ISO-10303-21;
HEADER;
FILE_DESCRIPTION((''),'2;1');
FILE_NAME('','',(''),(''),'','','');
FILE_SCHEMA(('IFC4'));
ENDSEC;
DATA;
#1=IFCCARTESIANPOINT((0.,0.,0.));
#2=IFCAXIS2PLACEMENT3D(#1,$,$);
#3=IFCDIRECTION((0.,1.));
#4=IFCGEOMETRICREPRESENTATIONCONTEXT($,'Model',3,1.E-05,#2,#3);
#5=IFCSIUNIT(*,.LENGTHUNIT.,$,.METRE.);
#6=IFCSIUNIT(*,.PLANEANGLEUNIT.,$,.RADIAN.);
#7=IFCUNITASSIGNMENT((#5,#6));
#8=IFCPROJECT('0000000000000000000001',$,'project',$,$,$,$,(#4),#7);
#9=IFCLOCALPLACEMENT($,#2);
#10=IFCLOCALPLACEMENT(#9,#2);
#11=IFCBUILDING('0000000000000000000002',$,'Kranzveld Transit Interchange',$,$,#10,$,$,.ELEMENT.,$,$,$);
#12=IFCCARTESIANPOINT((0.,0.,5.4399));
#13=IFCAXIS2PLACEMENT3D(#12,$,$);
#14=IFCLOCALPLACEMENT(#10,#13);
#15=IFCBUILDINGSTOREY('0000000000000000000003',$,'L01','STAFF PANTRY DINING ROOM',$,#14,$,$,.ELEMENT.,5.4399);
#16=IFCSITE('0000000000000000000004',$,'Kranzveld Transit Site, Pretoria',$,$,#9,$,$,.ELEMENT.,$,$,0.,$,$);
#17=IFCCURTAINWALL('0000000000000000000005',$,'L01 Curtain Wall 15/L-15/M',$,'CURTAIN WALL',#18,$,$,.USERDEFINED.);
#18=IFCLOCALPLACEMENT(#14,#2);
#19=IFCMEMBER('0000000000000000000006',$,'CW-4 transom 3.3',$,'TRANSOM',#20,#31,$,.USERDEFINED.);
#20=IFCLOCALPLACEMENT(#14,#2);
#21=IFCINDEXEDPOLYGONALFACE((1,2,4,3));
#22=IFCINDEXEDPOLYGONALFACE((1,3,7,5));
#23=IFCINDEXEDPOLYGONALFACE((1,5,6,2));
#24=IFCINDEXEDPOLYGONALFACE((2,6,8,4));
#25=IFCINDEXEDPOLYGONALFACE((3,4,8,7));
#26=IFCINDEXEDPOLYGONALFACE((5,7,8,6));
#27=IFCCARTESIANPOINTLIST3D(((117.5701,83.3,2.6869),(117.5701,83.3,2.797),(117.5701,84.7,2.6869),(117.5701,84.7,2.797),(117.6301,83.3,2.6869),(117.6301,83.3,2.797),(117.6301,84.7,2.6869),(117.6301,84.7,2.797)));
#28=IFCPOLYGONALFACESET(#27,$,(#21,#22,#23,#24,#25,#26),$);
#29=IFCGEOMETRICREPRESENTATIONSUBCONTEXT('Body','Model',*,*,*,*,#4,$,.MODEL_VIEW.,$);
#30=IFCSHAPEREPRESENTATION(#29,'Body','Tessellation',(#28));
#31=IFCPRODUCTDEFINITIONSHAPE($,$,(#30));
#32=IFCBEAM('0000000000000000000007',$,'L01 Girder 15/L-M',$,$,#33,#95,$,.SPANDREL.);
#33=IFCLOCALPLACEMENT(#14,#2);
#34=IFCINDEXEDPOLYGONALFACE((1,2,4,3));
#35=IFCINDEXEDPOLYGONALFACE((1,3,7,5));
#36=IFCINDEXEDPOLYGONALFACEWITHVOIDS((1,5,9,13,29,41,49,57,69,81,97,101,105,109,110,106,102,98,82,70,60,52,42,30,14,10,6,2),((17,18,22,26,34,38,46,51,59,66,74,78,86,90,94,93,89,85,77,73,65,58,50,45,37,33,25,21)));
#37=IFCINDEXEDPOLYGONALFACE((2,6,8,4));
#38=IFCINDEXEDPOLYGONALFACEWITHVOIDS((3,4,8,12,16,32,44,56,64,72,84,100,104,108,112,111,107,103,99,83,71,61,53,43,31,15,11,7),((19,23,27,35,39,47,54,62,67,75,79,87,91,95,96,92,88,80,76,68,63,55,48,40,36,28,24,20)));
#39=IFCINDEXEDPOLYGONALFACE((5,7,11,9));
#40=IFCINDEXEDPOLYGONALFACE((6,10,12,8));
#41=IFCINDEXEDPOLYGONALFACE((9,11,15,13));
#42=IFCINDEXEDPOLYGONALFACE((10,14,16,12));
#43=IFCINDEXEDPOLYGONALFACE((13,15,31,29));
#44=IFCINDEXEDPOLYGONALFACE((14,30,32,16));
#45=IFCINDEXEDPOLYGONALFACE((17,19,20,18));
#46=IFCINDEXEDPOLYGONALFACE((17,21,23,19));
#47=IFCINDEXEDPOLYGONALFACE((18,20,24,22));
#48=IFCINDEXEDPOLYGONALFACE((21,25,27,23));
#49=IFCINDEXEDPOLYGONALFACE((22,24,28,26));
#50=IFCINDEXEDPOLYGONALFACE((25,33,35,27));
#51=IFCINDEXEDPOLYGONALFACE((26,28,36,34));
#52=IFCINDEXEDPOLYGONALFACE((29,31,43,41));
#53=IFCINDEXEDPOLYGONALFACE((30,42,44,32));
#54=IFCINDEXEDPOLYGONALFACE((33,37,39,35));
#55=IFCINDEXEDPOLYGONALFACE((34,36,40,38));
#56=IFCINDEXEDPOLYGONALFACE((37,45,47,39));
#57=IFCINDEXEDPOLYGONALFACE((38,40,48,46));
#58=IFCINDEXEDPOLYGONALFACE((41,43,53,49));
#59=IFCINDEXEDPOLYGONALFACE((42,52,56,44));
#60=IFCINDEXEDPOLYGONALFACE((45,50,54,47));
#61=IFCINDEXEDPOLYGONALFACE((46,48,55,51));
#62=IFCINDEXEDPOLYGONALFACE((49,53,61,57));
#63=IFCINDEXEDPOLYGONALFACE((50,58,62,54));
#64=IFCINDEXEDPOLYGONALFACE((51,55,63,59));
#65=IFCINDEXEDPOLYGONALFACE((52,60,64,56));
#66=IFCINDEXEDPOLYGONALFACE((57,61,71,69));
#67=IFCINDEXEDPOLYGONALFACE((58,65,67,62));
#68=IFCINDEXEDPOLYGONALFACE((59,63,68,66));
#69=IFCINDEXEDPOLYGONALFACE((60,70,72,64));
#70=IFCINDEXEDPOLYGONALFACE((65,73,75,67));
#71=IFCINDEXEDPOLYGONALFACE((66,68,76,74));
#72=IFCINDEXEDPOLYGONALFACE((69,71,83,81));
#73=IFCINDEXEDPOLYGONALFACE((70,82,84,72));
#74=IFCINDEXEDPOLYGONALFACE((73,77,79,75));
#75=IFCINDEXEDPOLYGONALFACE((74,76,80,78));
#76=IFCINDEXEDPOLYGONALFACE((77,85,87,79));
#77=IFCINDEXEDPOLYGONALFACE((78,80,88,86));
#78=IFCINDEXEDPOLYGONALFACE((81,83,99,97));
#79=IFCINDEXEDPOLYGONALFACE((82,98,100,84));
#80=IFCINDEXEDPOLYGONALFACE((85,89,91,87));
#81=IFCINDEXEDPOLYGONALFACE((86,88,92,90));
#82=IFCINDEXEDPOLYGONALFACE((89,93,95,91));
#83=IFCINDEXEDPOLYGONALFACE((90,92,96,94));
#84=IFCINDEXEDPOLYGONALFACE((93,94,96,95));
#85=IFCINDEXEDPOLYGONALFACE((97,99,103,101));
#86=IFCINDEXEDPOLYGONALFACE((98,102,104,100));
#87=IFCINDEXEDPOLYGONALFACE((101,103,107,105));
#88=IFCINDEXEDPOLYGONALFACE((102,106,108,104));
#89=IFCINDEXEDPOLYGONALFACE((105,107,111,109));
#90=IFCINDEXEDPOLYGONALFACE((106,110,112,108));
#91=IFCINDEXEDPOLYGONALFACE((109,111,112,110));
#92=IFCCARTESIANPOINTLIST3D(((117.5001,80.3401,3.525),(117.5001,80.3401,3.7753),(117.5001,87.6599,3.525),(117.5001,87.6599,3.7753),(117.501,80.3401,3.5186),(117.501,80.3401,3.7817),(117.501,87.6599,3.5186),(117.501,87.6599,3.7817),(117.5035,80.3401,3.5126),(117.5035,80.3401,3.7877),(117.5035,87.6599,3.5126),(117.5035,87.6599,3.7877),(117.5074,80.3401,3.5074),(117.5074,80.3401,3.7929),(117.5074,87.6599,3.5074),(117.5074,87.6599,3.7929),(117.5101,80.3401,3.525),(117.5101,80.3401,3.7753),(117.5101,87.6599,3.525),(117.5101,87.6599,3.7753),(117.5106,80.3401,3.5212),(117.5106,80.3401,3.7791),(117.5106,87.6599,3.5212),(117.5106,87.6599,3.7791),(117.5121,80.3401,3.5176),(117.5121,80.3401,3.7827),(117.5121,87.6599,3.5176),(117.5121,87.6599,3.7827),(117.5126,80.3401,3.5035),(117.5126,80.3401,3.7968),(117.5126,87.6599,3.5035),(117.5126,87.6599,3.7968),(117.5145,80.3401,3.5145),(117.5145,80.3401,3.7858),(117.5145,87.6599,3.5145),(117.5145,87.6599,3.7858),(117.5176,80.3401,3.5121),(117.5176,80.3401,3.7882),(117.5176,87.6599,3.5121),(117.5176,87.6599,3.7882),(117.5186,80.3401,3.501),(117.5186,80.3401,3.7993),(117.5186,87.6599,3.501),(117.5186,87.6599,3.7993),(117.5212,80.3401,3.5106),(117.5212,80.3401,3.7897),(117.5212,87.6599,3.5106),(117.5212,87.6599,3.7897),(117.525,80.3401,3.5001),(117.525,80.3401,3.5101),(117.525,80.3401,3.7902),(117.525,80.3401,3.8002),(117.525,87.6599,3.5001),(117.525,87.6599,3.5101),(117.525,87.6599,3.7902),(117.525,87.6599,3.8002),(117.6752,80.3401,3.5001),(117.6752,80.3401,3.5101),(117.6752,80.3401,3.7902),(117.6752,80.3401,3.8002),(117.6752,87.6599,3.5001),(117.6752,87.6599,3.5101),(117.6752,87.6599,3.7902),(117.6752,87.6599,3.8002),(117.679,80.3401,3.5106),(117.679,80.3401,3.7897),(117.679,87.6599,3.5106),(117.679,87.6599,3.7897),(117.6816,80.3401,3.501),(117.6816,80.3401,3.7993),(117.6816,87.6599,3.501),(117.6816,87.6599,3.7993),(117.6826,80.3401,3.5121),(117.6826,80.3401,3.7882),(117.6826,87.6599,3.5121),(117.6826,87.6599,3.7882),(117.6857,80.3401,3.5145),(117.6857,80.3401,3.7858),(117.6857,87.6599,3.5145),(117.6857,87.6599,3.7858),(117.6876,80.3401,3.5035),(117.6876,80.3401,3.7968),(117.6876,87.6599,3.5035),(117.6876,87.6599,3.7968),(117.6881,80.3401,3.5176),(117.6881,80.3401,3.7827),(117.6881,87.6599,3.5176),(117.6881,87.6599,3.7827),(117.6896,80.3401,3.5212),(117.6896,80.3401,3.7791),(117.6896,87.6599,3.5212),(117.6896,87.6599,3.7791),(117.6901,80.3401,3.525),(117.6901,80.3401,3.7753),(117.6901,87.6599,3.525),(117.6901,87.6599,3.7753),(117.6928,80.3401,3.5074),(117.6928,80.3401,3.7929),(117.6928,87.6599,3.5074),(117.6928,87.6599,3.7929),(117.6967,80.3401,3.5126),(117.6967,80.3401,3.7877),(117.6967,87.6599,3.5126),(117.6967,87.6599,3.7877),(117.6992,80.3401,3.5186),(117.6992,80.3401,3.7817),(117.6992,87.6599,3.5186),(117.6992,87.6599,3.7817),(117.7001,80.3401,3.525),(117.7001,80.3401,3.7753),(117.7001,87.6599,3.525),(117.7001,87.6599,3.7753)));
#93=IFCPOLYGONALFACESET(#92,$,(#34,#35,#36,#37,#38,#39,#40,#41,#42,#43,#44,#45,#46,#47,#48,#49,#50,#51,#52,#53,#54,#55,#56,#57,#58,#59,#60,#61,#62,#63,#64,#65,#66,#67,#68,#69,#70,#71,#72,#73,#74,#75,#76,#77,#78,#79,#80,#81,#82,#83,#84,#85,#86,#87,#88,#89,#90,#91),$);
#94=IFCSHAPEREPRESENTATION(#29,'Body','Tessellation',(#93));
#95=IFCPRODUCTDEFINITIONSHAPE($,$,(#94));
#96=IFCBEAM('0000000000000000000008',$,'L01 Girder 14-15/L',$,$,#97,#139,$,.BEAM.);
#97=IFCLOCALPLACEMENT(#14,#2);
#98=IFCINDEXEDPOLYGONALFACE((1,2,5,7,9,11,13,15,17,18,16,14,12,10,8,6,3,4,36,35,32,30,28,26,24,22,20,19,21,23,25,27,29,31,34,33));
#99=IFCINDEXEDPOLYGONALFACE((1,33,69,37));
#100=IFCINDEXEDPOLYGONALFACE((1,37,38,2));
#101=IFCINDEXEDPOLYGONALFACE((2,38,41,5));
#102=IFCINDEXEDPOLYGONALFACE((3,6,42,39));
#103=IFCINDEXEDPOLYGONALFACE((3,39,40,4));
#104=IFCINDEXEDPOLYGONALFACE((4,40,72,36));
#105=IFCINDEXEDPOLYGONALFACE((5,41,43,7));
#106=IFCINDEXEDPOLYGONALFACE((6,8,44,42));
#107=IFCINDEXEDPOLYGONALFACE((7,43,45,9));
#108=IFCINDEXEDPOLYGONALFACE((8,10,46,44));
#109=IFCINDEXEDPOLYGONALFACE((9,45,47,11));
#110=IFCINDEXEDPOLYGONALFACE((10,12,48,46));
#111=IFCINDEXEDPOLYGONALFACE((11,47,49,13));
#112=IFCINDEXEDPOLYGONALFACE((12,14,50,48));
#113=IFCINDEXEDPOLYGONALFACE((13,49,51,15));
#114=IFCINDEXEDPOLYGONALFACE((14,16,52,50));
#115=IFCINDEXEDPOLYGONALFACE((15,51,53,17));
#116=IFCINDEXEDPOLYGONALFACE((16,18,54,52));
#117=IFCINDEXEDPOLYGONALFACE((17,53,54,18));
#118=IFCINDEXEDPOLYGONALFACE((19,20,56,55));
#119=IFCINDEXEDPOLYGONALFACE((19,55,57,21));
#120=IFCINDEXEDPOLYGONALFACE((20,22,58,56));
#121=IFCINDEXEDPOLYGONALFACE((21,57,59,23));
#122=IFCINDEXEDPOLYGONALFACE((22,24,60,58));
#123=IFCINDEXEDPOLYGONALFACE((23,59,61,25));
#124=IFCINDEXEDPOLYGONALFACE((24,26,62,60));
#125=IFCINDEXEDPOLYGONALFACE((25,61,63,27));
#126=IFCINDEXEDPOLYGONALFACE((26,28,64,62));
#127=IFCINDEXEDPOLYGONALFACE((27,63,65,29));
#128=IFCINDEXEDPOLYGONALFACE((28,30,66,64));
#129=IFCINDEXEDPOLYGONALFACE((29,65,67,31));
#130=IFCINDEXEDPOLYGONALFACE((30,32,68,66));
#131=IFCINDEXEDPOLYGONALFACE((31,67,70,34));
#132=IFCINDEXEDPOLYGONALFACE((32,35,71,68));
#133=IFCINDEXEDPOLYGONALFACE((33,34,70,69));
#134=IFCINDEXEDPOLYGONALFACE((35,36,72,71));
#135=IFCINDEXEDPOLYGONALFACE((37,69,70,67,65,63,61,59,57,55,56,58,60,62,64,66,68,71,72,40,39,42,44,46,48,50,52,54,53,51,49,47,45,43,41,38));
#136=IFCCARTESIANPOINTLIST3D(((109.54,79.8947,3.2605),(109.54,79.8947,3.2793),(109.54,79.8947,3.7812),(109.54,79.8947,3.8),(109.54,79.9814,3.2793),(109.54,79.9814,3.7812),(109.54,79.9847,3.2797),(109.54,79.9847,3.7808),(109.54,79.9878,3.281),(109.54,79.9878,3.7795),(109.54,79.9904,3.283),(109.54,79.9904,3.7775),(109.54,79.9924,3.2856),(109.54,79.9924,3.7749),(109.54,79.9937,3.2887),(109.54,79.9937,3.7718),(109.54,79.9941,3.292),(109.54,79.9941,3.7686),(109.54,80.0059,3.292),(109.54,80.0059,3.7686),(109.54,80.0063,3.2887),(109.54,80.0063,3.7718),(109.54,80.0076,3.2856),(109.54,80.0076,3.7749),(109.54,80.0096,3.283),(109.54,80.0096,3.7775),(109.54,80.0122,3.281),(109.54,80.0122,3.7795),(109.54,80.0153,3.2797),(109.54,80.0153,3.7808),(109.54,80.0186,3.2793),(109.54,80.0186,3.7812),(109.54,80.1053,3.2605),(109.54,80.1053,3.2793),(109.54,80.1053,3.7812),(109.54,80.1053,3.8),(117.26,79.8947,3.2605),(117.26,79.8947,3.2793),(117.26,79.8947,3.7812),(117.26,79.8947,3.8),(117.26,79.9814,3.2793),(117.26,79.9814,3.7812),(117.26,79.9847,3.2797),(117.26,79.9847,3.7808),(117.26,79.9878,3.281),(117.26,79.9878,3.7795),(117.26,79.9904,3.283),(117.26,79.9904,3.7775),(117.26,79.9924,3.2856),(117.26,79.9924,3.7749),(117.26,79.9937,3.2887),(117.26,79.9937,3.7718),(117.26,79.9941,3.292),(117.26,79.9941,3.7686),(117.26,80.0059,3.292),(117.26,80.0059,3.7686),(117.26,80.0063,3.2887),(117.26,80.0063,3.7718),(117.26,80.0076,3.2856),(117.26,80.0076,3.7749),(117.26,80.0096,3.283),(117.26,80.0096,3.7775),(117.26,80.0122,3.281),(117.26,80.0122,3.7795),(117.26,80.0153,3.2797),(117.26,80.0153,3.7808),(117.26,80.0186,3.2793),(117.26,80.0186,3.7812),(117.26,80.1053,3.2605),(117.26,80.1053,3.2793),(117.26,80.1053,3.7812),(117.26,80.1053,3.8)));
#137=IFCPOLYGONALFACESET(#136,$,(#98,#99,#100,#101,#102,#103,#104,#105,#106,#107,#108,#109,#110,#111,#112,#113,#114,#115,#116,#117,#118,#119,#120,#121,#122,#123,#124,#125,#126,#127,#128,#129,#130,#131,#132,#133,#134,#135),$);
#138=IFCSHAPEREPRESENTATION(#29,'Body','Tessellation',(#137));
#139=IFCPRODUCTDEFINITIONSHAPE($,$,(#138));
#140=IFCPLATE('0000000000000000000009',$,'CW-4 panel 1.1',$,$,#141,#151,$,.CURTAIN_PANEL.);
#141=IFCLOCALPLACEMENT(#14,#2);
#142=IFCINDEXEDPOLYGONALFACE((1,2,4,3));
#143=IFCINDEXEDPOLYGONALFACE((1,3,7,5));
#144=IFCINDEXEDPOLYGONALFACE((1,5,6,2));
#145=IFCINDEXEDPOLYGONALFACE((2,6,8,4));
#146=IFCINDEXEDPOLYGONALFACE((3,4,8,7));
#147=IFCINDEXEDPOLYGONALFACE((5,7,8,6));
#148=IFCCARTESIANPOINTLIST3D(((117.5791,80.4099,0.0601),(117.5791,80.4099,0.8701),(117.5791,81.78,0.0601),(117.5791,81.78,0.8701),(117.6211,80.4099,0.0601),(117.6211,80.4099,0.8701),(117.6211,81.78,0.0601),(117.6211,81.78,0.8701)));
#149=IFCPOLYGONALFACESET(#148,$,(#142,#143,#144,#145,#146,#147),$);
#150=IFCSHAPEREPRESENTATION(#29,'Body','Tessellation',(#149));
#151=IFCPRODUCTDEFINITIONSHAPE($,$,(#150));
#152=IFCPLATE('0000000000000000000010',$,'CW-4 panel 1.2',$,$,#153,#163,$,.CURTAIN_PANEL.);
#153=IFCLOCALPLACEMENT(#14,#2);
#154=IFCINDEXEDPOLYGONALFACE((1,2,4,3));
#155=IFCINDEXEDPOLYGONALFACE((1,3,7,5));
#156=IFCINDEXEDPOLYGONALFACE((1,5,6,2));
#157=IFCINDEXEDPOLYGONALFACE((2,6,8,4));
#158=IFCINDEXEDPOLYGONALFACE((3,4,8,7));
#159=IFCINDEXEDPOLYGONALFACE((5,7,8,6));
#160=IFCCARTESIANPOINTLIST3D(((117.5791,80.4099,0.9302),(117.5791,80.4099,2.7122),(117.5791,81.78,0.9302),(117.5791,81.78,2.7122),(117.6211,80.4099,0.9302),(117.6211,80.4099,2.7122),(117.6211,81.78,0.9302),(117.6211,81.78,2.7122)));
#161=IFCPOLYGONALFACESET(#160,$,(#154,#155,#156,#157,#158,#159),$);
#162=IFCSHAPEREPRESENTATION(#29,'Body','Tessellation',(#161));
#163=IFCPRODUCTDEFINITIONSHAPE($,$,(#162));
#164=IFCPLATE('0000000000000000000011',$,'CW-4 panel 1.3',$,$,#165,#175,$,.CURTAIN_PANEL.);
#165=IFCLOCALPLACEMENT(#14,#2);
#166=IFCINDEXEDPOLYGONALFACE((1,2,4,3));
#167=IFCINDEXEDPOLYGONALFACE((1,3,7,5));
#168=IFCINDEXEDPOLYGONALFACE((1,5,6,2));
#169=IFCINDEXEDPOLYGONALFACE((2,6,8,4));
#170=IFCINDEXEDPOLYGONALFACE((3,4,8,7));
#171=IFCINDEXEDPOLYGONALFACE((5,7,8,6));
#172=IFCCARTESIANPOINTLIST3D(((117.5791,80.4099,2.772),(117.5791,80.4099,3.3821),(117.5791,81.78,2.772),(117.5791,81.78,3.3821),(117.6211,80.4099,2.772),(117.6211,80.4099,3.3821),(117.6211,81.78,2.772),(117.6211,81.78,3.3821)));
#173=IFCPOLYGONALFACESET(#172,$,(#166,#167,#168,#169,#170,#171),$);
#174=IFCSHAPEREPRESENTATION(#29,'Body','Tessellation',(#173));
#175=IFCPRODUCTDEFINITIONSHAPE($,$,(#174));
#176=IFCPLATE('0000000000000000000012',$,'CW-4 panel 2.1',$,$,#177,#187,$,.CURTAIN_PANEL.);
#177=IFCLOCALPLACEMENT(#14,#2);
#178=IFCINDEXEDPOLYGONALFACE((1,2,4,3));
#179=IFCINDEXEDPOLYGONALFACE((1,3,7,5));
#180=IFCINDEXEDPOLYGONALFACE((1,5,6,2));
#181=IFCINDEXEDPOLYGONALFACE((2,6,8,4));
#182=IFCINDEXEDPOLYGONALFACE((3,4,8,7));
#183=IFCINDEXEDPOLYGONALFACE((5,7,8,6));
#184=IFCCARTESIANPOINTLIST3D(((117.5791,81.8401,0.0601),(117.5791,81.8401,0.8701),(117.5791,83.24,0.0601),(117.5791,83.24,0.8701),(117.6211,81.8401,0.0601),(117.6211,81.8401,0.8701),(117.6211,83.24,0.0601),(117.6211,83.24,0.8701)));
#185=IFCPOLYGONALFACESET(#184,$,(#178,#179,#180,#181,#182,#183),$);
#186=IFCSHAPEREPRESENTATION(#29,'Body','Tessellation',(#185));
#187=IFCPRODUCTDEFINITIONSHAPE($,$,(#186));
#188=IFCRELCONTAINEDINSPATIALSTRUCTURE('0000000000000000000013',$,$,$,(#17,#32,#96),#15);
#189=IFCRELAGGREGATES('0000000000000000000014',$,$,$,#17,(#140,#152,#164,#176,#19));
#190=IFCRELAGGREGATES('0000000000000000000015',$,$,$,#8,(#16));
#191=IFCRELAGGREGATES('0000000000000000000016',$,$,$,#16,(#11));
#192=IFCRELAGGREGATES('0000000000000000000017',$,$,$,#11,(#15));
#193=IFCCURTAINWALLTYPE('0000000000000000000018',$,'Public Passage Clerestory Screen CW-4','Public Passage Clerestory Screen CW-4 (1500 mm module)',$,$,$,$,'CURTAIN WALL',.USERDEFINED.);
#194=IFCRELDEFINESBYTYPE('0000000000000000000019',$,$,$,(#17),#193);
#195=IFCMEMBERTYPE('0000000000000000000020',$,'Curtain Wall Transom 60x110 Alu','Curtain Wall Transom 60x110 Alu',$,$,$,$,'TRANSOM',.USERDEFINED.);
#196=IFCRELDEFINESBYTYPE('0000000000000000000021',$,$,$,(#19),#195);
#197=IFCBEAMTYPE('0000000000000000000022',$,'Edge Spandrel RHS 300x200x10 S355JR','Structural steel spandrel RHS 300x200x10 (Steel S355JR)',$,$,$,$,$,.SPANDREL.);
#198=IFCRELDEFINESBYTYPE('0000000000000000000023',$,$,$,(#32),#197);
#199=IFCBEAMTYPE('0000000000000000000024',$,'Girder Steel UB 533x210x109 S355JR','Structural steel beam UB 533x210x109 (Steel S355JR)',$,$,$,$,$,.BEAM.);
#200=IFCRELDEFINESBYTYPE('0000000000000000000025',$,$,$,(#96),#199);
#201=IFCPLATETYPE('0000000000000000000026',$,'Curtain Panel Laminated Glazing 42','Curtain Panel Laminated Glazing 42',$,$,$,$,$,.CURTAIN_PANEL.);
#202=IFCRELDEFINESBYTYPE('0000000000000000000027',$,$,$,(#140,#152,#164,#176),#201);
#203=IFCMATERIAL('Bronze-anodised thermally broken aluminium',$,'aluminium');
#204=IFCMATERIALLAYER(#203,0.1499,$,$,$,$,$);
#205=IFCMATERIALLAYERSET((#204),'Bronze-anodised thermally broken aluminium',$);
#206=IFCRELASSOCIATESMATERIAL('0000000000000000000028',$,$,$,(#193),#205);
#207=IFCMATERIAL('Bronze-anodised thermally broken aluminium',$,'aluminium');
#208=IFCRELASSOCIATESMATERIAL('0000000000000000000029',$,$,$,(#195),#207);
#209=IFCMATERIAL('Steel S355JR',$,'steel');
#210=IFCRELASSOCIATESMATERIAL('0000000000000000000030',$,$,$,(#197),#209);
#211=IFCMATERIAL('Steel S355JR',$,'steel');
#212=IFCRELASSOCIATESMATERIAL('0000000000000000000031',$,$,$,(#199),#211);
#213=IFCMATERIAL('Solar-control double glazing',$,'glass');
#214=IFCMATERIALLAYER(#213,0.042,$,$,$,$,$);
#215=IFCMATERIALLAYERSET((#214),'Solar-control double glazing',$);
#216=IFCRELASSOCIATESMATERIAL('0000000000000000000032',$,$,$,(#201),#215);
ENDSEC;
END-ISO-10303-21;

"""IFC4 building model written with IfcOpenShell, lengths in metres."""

from ifc_helpers import new_model, si_unit, direction, frame, origin, origin_2d, place, context, subcontext, project, spatial, rectangle, hollow_rectangle, i_section, extrude, material, layer, layer_set, material_profile, profile_set, type_object, element, aggregate, save


model = new_model("IFC4")

# Units and contexts
model_context = context("Model", 3, precision=1e-05, world=origin(), true_north=direction((0.0, 1.0)))
body_context = subcontext(model_context, "Body", "Model", "MODEL_VIEW")
ifc_project = project(units=[si_unit("LENGTHUNIT", "METRE"), si_unit("PLANEANGLEUNIT", "RADIAN")], contexts=[model_context])

# Site, building, storey
site_placement = place(None, origin())
site = spatial("IfcSite", under=ifc_project, at=site_placement, Name="Kranzveld Transit Site, Pretoria", CompositionType="ELEMENT", RefElevation=0.0)
building_placement = place(site_placement, origin())
building = spatial("IfcBuilding", under=site, at=building_placement, Name="Kranzveld Transit Interchange", CompositionType="ELEMENT")
storey_placement = place(building_placement, frame((0.0, 0.0, 5.4399)))
storey = spatial("IfcBuildingStorey", under=building, at=storey_placement, Name="L01", Description="STAFF PANTRY DINING ROOM", CompositionType="ELEMENT", Elevation=5.4399)

# Curtain wall, member
ifc_material_1 = material(Name="Bronze-anodised thermally broken aluminium", Category="aluminium")
ifc_layer_1 = layer(ifc_material_1, 0.1499)
ifc_layer_set_1 = layer_set([ifc_layer_1], Name="Bronze-anodised thermally broken aluminium")
curtain_wall_type = type_object("IfcCurtainWallType", Name="Public Passage Clerestory Screen CW-4", Description="Public Passage Clerestory Screen CW-4 (1500 mm module)", ElementType="CURTAIN WALL", PredefinedType="USERDEFINED", material=ifc_layer_set_1)
curtain_wall_placement = place(storey_placement, origin())
curtain_wall = element("IfcCurtainWall", 1, at=curtain_wall_placement, inside=storey, type_object=curtain_wall_type, Name="L01 Curtain Wall 15/L-15/M", ObjectType="CURTAIN WALL", PredefinedType="USERDEFINED")
ifc_material_2 = material(Name="Bronze-anodised thermally broken aluminium", Category="aluminium")
ifc_material_profile_1 = material_profile(ifc_material_2, rectangle(XDim=0.0601, YDim=0.1101, at=origin_2d()), Name="ALU TRANSOM 60x110")
ifc_profile_set_1 = profile_set([ifc_material_profile_1], Name="Bronze-anodised thermally broken aluminium")
member_type_1 = type_object("IfcMemberType", Name="Curtain Wall Transom 60x110 Alu", Description="Curtain Wall Transom 60x110 Alu", ElementType="TRANSOM", PredefinedType="USERDEFINED", material=ifc_profile_set_1)
member_1_placement = place(storey_placement, frame((117.6001, 83.3, 2.7419), z_axis=(0.0, 1.0, 0.0), x_axis=(-1.0, 0.0, 0.0)))
member_1 = element("IfcMember", 2, at=member_1_placement, type_object=member_type_1, Name="CW-4 transom 3.3", ObjectType="TRANSOM", PredefinedType="USERDEFINED", context=body_context, shape_type="SweptSolid", body=[
    extrude(rectangle(XDim=0.0601, YDim=0.1101, at=origin_2d()), origin(), (0.0, 0.0, 1.0), 1.3999),
])

# Beams
ifc_material_3 = material(Name="Steel S355JR", Category="steel")
ifc_material_profile_2 = material_profile(ifc_material_3, hollow_rectangle(XDim=0.2, YDim=0.3, WallThickness=0.01, InnerFilletRadius=0.0149, OuterFilletRadius=0.0249, at=origin_2d()), Name="RHS 300x200x10")
ifc_profile_set_2 = profile_set([ifc_material_profile_2], Name="Steel S355JR")
beam_type_1 = type_object("IfcBeamType", Name="Edge Spandrel RHS 300x200x10 S355JR", Description="Structural steel spandrel RHS 300x200x10 (Steel S355JR)", PredefinedType="SPANDREL", material=ifc_profile_set_2)
beam_1_placement = place(storey_placement, frame((117.6001, 80.3401, 3.6501), z_axis=(0.0, 1.0, 0.0), x_axis=(-1.0, 0.0, 0.0)))
element("IfcBeam", 3, at=beam_1_placement, inside=storey, type_object=beam_type_1, Name="L01 Girder 15/L-M", PredefinedType="SPANDREL", context=body_context, shape_type="SweptSolid", body=[
    extrude(hollow_rectangle(XDim=0.2, YDim=0.3, WallThickness=0.01, InnerFilletRadius=0.0149, OuterFilletRadius=0.0249, at=origin_2d()), origin(), (0.0, 0.0, 1.0), 7.3198),
])
ifc_material_4 = material(Name="Steel S355JR", Category="steel")
ifc_material_profile_3 = material_profile(ifc_material_4, i_section(OverallWidth=0.2107, OverallDepth=0.5396, WebThickness=0.0117, FlangeThickness=0.0188, FilletRadius=0.0127, at=origin_2d()), Name="UB 533x210x109")
ifc_profile_set_3 = profile_set([ifc_material_profile_3], Name="Steel S355JR")
beam_type_2 = type_object("IfcBeamType", Name="Girder Steel UB 533x210x109 S355JR", Description="Structural steel beam UB 533x210x109 (Steel S355JR)", PredefinedType="BEAM", material=ifc_profile_set_3)
beam_2_placement = place(storey_placement, frame((109.54, 80.0, 3.5303), z_axis=(1.0, 0.0, 0.0), x_axis=(0.0, 1.0, 0.0)))
element("IfcBeam", 4, at=beam_2_placement, inside=storey, type_object=beam_type_2, Name="L01 Girder 14-15/L", PredefinedType="BEAM", context=body_context, shape_type="SweptSolid", body=[
    extrude(i_section(OverallWidth=0.2107, OverallDepth=0.5396, WebThickness=0.0117, FlangeThickness=0.0188, FilletRadius=0.0127, at=origin_2d()), origin(), (0.0, 0.0, 1.0), 7.72),
])

# Plates
ifc_material_5 = material(Name="Solar-control double glazing", Category="glass")
ifc_layer_2 = layer(ifc_material_5, 0.042)
ifc_layer_set_2 = layer_set([ifc_layer_2], Name="Solar-control double glazing")
plate_type = type_object("IfcPlateType", Name="Curtain Panel Laminated Glazing 42", Description="Curtain Panel Laminated Glazing 42", PredefinedType="CURTAIN_PANEL", material=ifc_layer_set_2)
plate_1_placement = place(storey_placement, frame((117.6001, 81.095, 0.0601), z_axis=(0.0, 0.0, 1.0), x_axis=(0.0, 1.0, 0.0)))
plate_1 = element("IfcPlate", 5, at=plate_1_placement, type_object=plate_type, Name="CW-4 panel 1.1", PredefinedType="CURTAIN_PANEL", context=body_context, shape_type="SweptSolid", body=[
    extrude(rectangle(XDim=1.3701, YDim=0.042, at=origin_2d()), origin(), (0.0, 0.0, 1.0), 0.8101),
])
plate_2_placement = place(storey_placement, frame((117.6001, 81.095, 0.9302), z_axis=(0.0, 0.0, 1.0), x_axis=(0.0, 1.0, 0.0)))
plate_2 = element("IfcPlate", 6, at=plate_2_placement, type_object=plate_type, Name="CW-4 panel 1.2", PredefinedType="CURTAIN_PANEL", context=body_context, shape_type="SweptSolid", body=[
    extrude(rectangle(XDim=1.3701, YDim=0.042, at=origin_2d()), origin(), (0.0, 0.0, 1.0), 1.782),
])
plate_3_placement = place(storey_placement, frame((117.6001, 81.095, 2.772), z_axis=(0.0, 0.0, 1.0), x_axis=(0.0, 1.0, 0.0)))
plate_3 = element("IfcPlate", 7, at=plate_3_placement, type_object=plate_type, Name="CW-4 panel 1.3", PredefinedType="CURTAIN_PANEL", context=body_context, shape_type="SweptSolid", body=[
    extrude(rectangle(XDim=1.3701, YDim=0.042, at=origin_2d()), origin(), (0.0, 0.0, 1.0), 0.6101),
])
plate_4_placement = place(storey_placement, frame((117.6001, 82.54, 0.0601), z_axis=(0.0, 0.0, 1.0), x_axis=(0.0, 1.0, 0.0)))
plate_4 = element("IfcPlate", 8, at=plate_4_placement, type_object=plate_type, Name="CW-4 panel 2.1", PredefinedType="CURTAIN_PANEL", context=body_context, shape_type="SweptSolid", body=[
    extrude(rectangle(XDim=1.3999, YDim=0.042, at=origin_2d()), origin(), (0.0, 0.0, 1.0), 0.8101),
])
aggregate(curtain_wall, [plate_1, plate_2, plate_3, plate_4, member_1])

save(model, "model.ifc")
